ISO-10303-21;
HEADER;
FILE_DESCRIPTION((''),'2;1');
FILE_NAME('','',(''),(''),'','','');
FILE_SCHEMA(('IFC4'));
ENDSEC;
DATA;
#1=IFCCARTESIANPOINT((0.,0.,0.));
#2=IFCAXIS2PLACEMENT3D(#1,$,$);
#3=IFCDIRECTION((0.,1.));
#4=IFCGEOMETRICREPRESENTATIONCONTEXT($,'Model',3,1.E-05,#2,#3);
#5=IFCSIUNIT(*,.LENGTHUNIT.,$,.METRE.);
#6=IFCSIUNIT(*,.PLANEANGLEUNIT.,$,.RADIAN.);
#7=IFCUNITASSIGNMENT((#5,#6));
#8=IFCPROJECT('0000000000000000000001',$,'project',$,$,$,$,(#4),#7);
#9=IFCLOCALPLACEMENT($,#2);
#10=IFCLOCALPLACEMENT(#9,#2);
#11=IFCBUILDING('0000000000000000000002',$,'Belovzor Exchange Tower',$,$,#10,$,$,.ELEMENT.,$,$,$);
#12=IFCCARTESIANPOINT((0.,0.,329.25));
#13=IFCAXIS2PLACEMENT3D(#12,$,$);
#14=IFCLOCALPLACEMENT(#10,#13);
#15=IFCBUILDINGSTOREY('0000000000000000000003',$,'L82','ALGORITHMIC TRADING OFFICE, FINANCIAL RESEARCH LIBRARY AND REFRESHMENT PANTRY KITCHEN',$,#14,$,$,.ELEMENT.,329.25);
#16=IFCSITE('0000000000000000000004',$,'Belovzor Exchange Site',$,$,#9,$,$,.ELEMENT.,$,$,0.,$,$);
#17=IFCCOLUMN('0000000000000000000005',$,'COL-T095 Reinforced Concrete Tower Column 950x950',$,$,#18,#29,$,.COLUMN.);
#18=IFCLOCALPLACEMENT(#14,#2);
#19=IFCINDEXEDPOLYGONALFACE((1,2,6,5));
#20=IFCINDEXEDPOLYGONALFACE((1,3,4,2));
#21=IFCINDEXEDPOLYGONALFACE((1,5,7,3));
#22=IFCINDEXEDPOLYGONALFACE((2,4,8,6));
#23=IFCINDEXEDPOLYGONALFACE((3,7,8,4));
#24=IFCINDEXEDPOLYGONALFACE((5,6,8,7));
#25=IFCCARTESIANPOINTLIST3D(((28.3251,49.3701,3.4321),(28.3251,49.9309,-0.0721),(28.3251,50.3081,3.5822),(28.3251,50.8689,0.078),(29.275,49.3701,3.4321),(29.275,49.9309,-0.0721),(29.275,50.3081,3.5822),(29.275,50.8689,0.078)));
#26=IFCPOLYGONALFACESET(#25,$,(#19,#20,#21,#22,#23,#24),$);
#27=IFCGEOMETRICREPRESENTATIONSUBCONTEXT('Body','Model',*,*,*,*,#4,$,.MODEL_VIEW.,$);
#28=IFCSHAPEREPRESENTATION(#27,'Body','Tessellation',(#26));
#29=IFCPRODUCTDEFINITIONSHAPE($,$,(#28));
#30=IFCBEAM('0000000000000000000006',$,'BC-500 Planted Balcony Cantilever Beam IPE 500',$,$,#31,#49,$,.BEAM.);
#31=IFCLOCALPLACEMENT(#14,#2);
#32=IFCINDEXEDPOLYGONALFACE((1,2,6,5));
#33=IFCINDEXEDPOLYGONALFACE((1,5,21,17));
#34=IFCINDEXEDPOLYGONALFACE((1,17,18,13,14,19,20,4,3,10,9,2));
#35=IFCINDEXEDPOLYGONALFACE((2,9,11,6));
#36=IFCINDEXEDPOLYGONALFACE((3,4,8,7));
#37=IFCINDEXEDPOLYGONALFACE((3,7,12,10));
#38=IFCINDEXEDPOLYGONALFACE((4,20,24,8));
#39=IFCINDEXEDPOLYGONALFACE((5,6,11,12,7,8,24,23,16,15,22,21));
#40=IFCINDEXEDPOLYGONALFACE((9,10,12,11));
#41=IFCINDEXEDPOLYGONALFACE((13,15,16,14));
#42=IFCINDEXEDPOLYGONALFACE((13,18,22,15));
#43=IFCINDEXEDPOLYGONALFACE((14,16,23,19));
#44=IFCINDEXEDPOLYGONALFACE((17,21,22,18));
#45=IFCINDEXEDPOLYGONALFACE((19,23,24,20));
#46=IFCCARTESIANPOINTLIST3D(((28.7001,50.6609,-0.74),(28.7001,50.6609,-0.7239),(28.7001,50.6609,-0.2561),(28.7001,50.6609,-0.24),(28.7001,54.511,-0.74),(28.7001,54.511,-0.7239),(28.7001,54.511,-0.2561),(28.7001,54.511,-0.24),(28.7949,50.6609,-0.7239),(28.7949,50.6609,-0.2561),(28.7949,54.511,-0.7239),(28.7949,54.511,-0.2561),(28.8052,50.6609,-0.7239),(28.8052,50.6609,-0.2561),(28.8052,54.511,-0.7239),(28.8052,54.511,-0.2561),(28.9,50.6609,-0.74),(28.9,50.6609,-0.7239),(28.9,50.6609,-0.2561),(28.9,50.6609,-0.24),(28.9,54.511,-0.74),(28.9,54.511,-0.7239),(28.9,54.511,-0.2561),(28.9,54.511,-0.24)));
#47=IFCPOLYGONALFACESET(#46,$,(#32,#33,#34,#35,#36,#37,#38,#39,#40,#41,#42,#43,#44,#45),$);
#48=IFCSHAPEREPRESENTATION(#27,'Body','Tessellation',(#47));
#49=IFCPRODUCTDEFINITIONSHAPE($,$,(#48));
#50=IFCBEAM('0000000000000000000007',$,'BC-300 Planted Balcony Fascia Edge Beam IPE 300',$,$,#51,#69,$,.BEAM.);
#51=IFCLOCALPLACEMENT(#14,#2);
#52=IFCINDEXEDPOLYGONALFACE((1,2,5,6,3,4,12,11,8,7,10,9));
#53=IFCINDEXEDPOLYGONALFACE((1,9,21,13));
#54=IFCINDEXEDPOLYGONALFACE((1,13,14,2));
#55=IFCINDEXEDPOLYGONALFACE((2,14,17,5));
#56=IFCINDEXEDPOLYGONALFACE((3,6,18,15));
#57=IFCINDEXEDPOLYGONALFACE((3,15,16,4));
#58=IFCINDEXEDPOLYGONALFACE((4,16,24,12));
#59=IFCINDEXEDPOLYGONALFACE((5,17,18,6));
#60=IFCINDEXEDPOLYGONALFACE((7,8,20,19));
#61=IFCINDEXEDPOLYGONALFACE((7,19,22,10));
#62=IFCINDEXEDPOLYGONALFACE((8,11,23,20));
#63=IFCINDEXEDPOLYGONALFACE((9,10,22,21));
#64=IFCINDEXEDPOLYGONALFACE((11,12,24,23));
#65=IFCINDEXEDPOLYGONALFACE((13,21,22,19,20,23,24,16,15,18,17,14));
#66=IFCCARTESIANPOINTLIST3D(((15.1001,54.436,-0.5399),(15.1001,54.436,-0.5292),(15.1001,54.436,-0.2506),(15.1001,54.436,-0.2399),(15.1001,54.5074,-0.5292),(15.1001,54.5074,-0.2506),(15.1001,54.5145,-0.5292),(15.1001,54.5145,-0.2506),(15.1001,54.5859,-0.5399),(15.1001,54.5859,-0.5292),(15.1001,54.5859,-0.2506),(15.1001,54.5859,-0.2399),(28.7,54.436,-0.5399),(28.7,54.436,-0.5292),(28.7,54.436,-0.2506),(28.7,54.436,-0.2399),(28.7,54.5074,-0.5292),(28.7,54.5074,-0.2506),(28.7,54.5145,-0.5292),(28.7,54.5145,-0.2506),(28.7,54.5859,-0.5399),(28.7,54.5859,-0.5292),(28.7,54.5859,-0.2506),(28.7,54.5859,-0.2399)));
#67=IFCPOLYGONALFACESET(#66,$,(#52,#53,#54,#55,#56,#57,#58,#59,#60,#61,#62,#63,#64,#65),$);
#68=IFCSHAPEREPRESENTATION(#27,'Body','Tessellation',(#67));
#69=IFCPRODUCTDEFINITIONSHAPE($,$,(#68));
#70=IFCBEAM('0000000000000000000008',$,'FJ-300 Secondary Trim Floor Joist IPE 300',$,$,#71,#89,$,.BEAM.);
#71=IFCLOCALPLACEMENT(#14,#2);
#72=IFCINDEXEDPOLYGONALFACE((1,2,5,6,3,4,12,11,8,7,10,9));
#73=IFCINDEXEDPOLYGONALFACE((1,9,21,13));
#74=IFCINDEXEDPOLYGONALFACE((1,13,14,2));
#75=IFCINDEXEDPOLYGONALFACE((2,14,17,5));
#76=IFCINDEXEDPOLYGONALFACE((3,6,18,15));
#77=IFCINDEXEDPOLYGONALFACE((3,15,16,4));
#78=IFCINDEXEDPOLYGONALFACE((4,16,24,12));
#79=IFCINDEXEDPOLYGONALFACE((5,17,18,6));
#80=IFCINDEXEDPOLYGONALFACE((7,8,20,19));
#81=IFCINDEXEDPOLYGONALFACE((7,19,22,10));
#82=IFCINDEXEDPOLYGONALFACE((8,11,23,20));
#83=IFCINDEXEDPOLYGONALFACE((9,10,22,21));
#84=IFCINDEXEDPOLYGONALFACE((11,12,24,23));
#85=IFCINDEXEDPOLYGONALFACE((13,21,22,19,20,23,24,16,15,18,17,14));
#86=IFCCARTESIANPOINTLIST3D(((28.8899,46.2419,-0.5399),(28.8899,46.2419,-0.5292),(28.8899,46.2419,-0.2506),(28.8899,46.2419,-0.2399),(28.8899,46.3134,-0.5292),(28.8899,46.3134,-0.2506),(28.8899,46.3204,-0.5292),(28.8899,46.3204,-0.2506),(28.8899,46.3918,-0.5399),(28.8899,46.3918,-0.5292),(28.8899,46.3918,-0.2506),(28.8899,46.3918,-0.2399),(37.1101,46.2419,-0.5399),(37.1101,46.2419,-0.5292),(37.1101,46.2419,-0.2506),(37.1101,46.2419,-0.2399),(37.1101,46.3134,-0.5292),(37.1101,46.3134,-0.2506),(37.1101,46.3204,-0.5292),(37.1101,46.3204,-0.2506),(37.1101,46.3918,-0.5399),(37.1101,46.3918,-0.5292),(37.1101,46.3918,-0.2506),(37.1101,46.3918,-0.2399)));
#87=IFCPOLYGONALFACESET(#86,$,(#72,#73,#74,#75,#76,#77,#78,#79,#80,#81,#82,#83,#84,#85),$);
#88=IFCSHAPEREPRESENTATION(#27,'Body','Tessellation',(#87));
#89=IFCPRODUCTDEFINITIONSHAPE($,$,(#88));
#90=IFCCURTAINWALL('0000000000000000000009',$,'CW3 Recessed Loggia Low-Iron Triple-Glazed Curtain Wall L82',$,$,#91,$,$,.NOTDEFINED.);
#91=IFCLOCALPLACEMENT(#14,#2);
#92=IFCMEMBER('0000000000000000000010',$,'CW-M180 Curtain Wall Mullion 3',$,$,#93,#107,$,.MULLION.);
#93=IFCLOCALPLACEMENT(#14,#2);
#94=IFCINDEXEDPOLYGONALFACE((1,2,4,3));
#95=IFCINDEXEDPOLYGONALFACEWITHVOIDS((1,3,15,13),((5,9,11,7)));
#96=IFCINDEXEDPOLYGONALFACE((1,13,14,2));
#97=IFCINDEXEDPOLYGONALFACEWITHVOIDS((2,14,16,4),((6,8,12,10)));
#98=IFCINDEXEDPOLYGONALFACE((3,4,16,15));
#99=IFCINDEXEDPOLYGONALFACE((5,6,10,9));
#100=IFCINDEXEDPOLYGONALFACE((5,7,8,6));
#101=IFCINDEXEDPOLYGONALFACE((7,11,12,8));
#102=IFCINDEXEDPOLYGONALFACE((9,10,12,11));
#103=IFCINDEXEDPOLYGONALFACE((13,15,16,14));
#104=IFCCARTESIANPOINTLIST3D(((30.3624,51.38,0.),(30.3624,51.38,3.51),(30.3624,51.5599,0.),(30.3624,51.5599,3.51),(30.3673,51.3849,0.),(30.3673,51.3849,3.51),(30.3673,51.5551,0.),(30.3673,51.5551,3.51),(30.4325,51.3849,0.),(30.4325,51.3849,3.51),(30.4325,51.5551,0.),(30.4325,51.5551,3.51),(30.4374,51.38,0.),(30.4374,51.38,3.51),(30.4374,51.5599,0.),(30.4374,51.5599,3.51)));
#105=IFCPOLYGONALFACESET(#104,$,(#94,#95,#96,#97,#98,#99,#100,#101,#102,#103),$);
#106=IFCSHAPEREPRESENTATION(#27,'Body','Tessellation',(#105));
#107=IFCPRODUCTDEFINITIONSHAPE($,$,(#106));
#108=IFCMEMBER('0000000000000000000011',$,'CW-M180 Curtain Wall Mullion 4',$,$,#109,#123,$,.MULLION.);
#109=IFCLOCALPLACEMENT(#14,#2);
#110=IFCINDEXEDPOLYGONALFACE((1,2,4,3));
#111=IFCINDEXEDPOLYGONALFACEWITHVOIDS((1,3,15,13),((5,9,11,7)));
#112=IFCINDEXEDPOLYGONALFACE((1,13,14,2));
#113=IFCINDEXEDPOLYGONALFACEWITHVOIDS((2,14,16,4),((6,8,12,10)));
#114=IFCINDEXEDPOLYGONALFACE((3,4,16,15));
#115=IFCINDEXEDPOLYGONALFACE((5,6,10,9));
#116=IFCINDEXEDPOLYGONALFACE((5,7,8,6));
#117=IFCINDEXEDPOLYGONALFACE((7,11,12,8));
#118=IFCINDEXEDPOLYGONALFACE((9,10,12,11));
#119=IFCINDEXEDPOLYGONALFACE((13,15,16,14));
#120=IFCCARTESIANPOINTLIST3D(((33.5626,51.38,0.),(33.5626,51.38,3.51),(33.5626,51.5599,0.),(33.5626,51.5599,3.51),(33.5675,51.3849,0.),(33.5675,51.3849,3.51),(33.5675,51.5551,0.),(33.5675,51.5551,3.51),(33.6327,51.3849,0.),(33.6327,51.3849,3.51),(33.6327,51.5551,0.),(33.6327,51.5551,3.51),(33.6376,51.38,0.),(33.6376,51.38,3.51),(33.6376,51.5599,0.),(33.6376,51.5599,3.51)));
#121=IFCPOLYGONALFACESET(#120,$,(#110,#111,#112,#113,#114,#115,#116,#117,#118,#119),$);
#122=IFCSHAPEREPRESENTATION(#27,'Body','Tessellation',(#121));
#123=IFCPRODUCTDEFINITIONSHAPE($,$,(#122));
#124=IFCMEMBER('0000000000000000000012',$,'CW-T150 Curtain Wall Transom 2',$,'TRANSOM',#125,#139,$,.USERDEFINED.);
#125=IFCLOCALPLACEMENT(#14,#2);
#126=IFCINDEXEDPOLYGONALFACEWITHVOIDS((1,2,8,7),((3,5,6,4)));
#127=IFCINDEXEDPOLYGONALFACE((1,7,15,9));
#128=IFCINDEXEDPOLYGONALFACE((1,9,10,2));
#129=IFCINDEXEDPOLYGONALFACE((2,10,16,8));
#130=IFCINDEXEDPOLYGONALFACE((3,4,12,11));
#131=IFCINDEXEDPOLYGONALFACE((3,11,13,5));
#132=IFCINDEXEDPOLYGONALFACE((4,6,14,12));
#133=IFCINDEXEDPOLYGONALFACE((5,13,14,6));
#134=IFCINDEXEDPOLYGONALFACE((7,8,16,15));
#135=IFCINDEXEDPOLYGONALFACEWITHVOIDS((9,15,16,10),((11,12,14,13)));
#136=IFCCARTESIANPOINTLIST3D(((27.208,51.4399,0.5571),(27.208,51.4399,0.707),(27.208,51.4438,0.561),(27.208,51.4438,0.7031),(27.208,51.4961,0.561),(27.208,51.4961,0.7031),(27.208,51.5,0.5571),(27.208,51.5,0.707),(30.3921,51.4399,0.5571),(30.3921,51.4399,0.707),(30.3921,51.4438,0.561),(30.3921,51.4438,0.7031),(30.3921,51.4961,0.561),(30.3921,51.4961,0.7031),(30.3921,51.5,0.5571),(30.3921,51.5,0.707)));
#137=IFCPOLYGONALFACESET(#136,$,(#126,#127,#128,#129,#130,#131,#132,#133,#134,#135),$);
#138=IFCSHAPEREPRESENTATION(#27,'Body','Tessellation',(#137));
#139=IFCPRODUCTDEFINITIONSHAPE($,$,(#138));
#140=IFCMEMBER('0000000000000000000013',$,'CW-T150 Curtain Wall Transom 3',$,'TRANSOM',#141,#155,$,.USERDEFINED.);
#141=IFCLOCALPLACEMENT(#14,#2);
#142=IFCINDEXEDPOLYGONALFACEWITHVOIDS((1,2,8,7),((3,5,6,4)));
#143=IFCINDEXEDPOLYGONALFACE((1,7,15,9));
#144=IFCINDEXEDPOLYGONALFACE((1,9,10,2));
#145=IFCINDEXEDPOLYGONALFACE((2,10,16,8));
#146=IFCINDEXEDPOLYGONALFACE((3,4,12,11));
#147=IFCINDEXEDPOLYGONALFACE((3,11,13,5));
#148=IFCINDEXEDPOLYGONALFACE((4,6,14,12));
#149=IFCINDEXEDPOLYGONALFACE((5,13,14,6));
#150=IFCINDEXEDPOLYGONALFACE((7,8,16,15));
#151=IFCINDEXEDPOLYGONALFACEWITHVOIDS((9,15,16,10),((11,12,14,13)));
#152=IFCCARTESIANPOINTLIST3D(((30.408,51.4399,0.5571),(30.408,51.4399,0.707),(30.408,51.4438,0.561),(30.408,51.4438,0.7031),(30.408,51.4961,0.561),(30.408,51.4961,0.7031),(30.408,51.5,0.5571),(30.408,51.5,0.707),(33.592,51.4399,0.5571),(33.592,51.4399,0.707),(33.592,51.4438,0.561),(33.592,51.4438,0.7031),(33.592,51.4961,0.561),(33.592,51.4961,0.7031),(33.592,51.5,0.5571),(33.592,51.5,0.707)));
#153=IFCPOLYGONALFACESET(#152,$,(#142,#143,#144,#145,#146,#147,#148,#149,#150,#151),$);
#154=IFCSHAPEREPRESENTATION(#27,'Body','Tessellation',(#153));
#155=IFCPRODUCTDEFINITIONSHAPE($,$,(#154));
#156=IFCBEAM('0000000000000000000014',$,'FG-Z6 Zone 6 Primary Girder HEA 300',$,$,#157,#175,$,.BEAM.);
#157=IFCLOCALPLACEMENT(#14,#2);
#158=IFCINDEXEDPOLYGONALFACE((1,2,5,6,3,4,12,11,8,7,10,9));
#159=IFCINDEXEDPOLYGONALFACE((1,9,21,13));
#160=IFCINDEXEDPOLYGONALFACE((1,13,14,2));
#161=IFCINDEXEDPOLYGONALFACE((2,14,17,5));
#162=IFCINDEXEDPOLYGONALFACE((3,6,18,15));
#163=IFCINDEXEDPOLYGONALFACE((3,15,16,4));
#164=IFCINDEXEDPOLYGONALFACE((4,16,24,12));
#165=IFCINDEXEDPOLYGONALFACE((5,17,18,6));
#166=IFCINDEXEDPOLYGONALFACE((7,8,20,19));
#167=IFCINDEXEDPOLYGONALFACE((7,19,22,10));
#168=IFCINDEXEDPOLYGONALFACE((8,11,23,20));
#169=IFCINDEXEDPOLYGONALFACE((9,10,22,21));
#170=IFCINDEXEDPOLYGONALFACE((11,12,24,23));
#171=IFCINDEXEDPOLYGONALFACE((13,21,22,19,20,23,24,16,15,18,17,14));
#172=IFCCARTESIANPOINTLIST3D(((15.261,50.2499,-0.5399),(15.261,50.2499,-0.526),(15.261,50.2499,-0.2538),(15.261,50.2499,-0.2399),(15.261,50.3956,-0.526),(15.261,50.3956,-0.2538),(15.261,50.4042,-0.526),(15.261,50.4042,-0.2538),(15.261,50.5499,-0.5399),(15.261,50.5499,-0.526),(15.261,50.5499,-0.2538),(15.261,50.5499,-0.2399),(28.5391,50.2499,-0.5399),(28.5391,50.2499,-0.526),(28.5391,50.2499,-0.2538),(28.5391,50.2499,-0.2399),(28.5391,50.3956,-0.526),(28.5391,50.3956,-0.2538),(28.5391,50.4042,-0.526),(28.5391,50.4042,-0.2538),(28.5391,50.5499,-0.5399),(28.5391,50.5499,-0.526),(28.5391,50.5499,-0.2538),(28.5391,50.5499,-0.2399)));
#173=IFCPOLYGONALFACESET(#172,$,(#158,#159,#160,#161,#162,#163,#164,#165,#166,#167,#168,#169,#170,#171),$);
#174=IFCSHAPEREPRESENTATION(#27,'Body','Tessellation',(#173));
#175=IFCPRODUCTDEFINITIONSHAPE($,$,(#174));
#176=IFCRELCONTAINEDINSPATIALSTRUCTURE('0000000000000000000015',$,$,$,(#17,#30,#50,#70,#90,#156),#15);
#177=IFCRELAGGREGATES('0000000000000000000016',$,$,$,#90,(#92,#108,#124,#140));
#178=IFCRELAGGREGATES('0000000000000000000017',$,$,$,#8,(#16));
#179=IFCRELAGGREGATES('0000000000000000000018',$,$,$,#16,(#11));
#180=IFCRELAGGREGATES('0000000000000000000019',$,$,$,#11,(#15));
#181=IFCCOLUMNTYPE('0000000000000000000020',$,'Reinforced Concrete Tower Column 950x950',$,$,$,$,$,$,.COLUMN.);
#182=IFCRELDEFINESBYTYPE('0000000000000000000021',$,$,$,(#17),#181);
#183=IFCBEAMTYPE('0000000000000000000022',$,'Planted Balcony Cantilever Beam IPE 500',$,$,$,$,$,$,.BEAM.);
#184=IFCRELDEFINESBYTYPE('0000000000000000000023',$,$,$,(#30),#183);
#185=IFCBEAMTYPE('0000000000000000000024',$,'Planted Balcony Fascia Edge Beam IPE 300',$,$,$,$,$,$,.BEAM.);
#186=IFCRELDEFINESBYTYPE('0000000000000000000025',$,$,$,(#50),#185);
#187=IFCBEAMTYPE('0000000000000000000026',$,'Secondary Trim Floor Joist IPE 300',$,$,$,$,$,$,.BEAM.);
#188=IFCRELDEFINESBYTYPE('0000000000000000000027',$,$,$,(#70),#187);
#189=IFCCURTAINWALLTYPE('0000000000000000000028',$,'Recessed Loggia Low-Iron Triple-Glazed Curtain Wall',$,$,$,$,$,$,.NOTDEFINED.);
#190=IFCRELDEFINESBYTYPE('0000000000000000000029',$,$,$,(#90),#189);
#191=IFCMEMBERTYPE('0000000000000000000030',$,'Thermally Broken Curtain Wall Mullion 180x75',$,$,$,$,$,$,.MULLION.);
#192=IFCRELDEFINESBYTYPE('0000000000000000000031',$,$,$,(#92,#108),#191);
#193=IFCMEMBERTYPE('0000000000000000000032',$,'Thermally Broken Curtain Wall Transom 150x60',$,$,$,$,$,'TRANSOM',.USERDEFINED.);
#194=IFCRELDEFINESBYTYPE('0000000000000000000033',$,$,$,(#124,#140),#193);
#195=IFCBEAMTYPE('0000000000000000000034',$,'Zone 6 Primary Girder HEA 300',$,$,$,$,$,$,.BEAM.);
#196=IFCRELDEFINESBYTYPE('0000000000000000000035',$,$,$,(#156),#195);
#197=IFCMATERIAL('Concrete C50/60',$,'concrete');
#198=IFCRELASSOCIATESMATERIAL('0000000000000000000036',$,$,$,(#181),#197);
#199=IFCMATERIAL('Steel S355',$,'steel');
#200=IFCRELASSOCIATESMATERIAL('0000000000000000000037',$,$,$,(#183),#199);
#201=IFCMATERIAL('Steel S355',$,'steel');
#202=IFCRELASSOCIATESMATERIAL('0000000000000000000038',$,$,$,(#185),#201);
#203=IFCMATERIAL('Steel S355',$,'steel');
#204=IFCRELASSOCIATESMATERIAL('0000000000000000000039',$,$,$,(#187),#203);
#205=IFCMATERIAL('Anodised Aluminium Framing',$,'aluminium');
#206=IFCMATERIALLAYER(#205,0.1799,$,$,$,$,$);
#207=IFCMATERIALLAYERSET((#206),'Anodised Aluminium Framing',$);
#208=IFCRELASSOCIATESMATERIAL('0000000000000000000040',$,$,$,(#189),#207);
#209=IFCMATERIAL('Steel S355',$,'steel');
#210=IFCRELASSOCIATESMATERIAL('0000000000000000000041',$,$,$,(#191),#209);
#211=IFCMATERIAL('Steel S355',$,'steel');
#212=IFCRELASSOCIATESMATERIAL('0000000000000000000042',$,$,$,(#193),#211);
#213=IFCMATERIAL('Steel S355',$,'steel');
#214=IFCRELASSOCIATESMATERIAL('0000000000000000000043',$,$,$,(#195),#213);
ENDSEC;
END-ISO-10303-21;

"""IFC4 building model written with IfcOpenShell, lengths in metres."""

from ifc_helpers import new_model, si_unit, direction, frame, origin, origin_2d, place, context, subcontext, project, spatial, rectangle, hollow_rectangle, i_section, extrude, material, layer, layer_set, material_profile, profile_set, type_object, element, aggregate, save


model = new_model("IFC4")

# Units and contexts
model_context = context("Model", 3, precision=1e-05, world=origin(), true_north=direction((0.0, 1.0)))
body_context = subcontext(model_context, "Body", "Model", "MODEL_VIEW")
ifc_project = project(units=[si_unit("LENGTHUNIT", "METRE"), si_unit("PLANEANGLEUNIT", "RADIAN")], contexts=[model_context])

# Site, building, storey
site_placement = place(None, origin())
site = spatial("IfcSite", under=ifc_project, at=site_placement, Name="Belovzor Exchange Site", CompositionType="ELEMENT", RefElevation=0.0)
building_placement = place(site_placement, origin())
building = spatial("IfcBuilding", under=site, at=building_placement, Name="Belovzor Exchange Tower", CompositionType="ELEMENT")
storey_placement = place(building_placement, frame((0.0, 0.0, 329.25)))
storey = spatial("IfcBuildingStorey", under=building, at=storey_placement, Name="L82", Description="ALGORITHMIC TRADING OFFICE, FINANCIAL RESEARCH LIBRARY AND REFRESHMENT PANTRY KITCHEN", CompositionType="ELEMENT", Elevation=329.25)

# Column
ifc_material_1 = material(Name="Concrete C50/60", Category="concrete")
ifc_material_profile_1 = material_profile(ifc_material_1, rectangle(XDim=0.95, YDim=0.95, at=origin_2d()))
ifc_profile_set_1 = profile_set([ifc_material_profile_1], Name="Concrete C50/60")
column_type = type_object("IfcColumnType", Name="Reinforced Concrete Tower Column 950x950", PredefinedType="COLUMN", material=ifc_profile_set_1)
column_placement = place(storey_placement, frame((28.8, 50.3999, 0.0029), z_axis=(0.0, -0.158025, 0.987435), x_axis=(1.0, 0.0, 0.0)))
element("IfcColumn", 1, at=column_placement, inside=storey, type_object=column_type, Name="COL-T095 Reinforced Concrete Tower Column 950x950", PredefinedType="COLUMN", context=body_context, shape_type="SweptSolid", body=[
    extrude(rectangle(XDim=0.95, YDim=0.95, at=origin_2d()), origin(), (0.0, 0.0, 1.0), 3.5488),
])

# Beams
ifc_material_2 = material(Name="Steel S355", Category="steel")
ifc_material_profile_2 = material_profile(ifc_material_2, i_section(OverallWidth=0.2, OverallDepth=0.5, WebThickness=0.0103, FlangeThickness=0.0161, at=origin_2d()))
ifc_profile_set_2 = profile_set([ifc_material_profile_2], Name="Steel S355")
beam_type_1 = type_object("IfcBeamType", Name="Planted Balcony Cantilever Beam IPE 500", PredefinedType="BEAM", material=ifc_profile_set_2)
beam_1_placement = place(storey_placement, frame((28.8, 50.6609, -0.49), z_axis=(0.0, 1.0, 0.0), x_axis=(-1.0, 0.0, 0.0)))
element("IfcBeam", 2, at=beam_1_placement, inside=storey, type_object=beam_type_1, Name="BC-500 Planted Balcony Cantilever Beam IPE 500", PredefinedType="BEAM", context=body_context, shape_type="SweptSolid", body=[
    extrude(i_section(OverallWidth=0.2, OverallDepth=0.5, WebThickness=0.0103, FlangeThickness=0.0161, at=origin_2d()), origin(), (0.0, 0.0, 1.0), 3.8501),
])
ifc_material_3 = material(Name="Steel S355", Category="steel")
ifc_material_profile_3 = material_profile(ifc_material_3, i_section(OverallWidth=0.1499, OverallDepth=0.3, WebThickness=0.0071, FlangeThickness=0.0107, at=origin_2d()))
ifc_profile_set_3 = profile_set([ifc_material_profile_3], Name="Steel S355")
beam_type_2 = type_object("IfcBeamType", Name="Planted Balcony Fascia Edge Beam IPE 300", PredefinedType="BEAM", material=ifc_profile_set_3)
beam_2_placement = place(storey_placement, frame((28.7, 54.511, -0.3899), z_axis=(-1.0, 0.0, 0.0), x_axis=(0.0, -1.0, 0.0)))
element("IfcBeam", 3, at=beam_2_placement, inside=storey, type_object=beam_type_2, Name="BC-300 Planted Balcony Fascia Edge Beam IPE 300", PredefinedType="BEAM", context=body_context, shape_type="SweptSolid", body=[
    extrude(i_section(OverallWidth=0.1499, OverallDepth=0.3, WebThickness=0.0071, FlangeThickness=0.0107, at=origin_2d()), origin(), (0.0, 0.0, 1.0), 13.5999),
])
ifc_material_4 = material(Name="Steel S355", Category="steel")
ifc_material_profile_4 = material_profile(ifc_material_4, i_section(OverallWidth=0.1499, OverallDepth=0.3, WebThickness=0.0071, FlangeThickness=0.0107, at=origin_2d()))
ifc_profile_set_4 = profile_set([ifc_material_profile_4], Name="Steel S355")
beam_type_3 = type_object("IfcBeamType", Name="Secondary Trim Floor Joist IPE 300", PredefinedType="BEAM", material=ifc_profile_set_4)
beam_3_placement = place(storey_placement, frame((28.8899, 46.3169, -0.3899), z_axis=(1.0, 0.0, 0.0), x_axis=(0.0, 1.0, 0.0)))
element("IfcBeam", 4, at=beam_3_placement, inside=storey, type_object=beam_type_3, Name="FJ-300 Secondary Trim Floor Joist IPE 300", PredefinedType="BEAM", context=body_context, shape_type="SweptSolid", body=[
    extrude(i_section(OverallWidth=0.1499, OverallDepth=0.3, WebThickness=0.0071, FlangeThickness=0.0107, at=origin_2d()), origin(), (0.0, 0.0, 1.0), 8.2202),
])

# Curtain wall, members
ifc_material_5 = material(Name="Anodised Aluminium Framing", Category="aluminium")
ifc_layer_1 = layer(ifc_material_5, 0.1799)
ifc_layer_set_1 = layer_set([ifc_layer_1], Name="Anodised Aluminium Framing")
curtain_wall_type = type_object("IfcCurtainWallType", Name="Recessed Loggia Low-Iron Triple-Glazed Curtain Wall", PredefinedType="NOTDEFINED", material=ifc_layer_set_1)
curtain_wall_placement = place(storey_placement, origin())
curtain_wall = element("IfcCurtainWall", 5, at=curtain_wall_placement, inside=storey, type_object=curtain_wall_type, Name="CW3 Recessed Loggia Low-Iron Triple-Glazed Curtain Wall L82", PredefinedType="NOTDEFINED")
ifc_material_6 = material(Name="Steel S355", Category="steel")
ifc_material_profile_5 = material_profile(ifc_material_6, hollow_rectangle(XDim=0.075, YDim=0.1799, WallThickness=0.0049, at=origin_2d()))
ifc_profile_set_5 = profile_set([ifc_material_profile_5], Name="Steel S355")
member_type_1 = type_object("IfcMemberType", Name="Thermally Broken Curtain Wall Mullion 180x75", PredefinedType="MULLION", material=ifc_profile_set_5)
member_1_placement = place(storey_placement, frame((30.3999, 51.47, 0.0), z_axis=(0.0, 0.0, 1.0), x_axis=(1.0, 0.0, 0.0)))
member_1 = element("IfcMember", 6, at=member_1_placement, type_object=member_type_1, Name="CW-M180 Curtain Wall Mullion 3", PredefinedType="MULLION", context=body_context, shape_type="SweptSolid", body=[
    extrude(hollow_rectangle(XDim=0.075, YDim=0.1799, WallThickness=0.0049, at=origin_2d()), origin(), (0.0, 0.0, 1.0), 3.51),
])
member_2_placement = place(storey_placement, frame((33.6001, 51.47, 0.0), z_axis=(0.0, 0.0, 1.0), x_axis=(1.0, 0.0, 0.0)))
member_2 = element("IfcMember", 7, at=member_2_placement, type_object=member_type_1, Name="CW-M180 Curtain Wall Mullion 4", PredefinedType="MULLION", context=body_context, shape_type="SweptSolid", body=[
    extrude(hollow_rectangle(XDim=0.075, YDim=0.1799, WallThickness=0.0049, at=origin_2d()), origin(), (0.0, 0.0, 1.0), 3.51),
])
ifc_material_7 = material(Name="Steel S355", Category="steel")
ifc_material_profile_6 = material_profile(ifc_material_7, hollow_rectangle(XDim=0.0601, YDim=0.1499, WallThickness=0.0039, at=origin_2d()))
ifc_profile_set_6 = profile_set([ifc_material_profile_6], Name="Steel S355")
member_type_2 = type_object("IfcMemberType", Name="Thermally Broken Curtain Wall Transom 150x60", ElementType="TRANSOM", PredefinedType="USERDEFINED", material=ifc_profile_set_6)
member_3_placement = place(storey_placement, frame((27.208, 51.47, 0.6321), z_axis=(1.0, 0.0, 0.0), x_axis=(0.0, 1.0, 0.0)))
member_3 = element("IfcMember", 8, at=member_3_placement, type_object=member_type_2, Name="CW-T150 Curtain Wall Transom 2", ObjectType="TRANSOM", PredefinedType="USERDEFINED", context=body_context, shape_type="SweptSolid", body=[
    extrude(hollow_rectangle(XDim=0.0601, YDim=0.1499, WallThickness=0.0039, at=origin_2d()), origin(), (0.0, 0.0, 1.0), 3.1841),
])
member_4_placement = place(storey_placement, frame((30.408, 51.47, 0.6321), z_axis=(1.0, 0.0, 0.0), x_axis=(0.0, 1.0, 0.0)))
member_4 = element("IfcMember", 9, at=member_4_placement, type_object=member_type_2, Name="CW-T150 Curtain Wall Transom 3", ObjectType="TRANSOM", PredefinedType="USERDEFINED", context=body_context, shape_type="SweptSolid", body=[
    extrude(hollow_rectangle(XDim=0.0601, YDim=0.1499, WallThickness=0.0039, at=origin_2d()), origin(), (0.0, 0.0, 1.0), 3.1841),
])

# Beam
ifc_material_8 = material(Name="Steel S355", Category="steel")
ifc_material_profile_7 = material_profile(ifc_material_8, i_section(OverallWidth=0.3, OverallDepth=0.3, WebThickness=0.0085, FlangeThickness=0.0139, at=origin_2d()))
ifc_profile_set_7 = profile_set([ifc_material_profile_7], Name="Steel S355")
beam_type_4 = type_object("IfcBeamType", Name="Zone 6 Primary Girder HEA 300", PredefinedType="BEAM", material=ifc_profile_set_7)
beam_4_placement = place(storey_placement, frame((28.5391, 50.3999, -0.3899), z_axis=(-1.0, 0.0, 0.0), x_axis=(0.0, -1.0, 0.0)))
element("IfcBeam", 10, at=beam_4_placement, inside=storey, type_object=beam_type_4, Name="FG-Z6 Zone 6 Primary Girder HEA 300", PredefinedType="BEAM", context=body_context, shape_type="SweptSolid", body=[
    extrude(i_section(OverallWidth=0.3, OverallDepth=0.3, WebThickness=0.0085, FlangeThickness=0.0139, at=origin_2d()), origin(), (0.0, 0.0, 1.0), 13.2781),
])

aggregate(curtain_wall, [member_1, member_2, member_3, member_4])

save(model, "model.ifc")
